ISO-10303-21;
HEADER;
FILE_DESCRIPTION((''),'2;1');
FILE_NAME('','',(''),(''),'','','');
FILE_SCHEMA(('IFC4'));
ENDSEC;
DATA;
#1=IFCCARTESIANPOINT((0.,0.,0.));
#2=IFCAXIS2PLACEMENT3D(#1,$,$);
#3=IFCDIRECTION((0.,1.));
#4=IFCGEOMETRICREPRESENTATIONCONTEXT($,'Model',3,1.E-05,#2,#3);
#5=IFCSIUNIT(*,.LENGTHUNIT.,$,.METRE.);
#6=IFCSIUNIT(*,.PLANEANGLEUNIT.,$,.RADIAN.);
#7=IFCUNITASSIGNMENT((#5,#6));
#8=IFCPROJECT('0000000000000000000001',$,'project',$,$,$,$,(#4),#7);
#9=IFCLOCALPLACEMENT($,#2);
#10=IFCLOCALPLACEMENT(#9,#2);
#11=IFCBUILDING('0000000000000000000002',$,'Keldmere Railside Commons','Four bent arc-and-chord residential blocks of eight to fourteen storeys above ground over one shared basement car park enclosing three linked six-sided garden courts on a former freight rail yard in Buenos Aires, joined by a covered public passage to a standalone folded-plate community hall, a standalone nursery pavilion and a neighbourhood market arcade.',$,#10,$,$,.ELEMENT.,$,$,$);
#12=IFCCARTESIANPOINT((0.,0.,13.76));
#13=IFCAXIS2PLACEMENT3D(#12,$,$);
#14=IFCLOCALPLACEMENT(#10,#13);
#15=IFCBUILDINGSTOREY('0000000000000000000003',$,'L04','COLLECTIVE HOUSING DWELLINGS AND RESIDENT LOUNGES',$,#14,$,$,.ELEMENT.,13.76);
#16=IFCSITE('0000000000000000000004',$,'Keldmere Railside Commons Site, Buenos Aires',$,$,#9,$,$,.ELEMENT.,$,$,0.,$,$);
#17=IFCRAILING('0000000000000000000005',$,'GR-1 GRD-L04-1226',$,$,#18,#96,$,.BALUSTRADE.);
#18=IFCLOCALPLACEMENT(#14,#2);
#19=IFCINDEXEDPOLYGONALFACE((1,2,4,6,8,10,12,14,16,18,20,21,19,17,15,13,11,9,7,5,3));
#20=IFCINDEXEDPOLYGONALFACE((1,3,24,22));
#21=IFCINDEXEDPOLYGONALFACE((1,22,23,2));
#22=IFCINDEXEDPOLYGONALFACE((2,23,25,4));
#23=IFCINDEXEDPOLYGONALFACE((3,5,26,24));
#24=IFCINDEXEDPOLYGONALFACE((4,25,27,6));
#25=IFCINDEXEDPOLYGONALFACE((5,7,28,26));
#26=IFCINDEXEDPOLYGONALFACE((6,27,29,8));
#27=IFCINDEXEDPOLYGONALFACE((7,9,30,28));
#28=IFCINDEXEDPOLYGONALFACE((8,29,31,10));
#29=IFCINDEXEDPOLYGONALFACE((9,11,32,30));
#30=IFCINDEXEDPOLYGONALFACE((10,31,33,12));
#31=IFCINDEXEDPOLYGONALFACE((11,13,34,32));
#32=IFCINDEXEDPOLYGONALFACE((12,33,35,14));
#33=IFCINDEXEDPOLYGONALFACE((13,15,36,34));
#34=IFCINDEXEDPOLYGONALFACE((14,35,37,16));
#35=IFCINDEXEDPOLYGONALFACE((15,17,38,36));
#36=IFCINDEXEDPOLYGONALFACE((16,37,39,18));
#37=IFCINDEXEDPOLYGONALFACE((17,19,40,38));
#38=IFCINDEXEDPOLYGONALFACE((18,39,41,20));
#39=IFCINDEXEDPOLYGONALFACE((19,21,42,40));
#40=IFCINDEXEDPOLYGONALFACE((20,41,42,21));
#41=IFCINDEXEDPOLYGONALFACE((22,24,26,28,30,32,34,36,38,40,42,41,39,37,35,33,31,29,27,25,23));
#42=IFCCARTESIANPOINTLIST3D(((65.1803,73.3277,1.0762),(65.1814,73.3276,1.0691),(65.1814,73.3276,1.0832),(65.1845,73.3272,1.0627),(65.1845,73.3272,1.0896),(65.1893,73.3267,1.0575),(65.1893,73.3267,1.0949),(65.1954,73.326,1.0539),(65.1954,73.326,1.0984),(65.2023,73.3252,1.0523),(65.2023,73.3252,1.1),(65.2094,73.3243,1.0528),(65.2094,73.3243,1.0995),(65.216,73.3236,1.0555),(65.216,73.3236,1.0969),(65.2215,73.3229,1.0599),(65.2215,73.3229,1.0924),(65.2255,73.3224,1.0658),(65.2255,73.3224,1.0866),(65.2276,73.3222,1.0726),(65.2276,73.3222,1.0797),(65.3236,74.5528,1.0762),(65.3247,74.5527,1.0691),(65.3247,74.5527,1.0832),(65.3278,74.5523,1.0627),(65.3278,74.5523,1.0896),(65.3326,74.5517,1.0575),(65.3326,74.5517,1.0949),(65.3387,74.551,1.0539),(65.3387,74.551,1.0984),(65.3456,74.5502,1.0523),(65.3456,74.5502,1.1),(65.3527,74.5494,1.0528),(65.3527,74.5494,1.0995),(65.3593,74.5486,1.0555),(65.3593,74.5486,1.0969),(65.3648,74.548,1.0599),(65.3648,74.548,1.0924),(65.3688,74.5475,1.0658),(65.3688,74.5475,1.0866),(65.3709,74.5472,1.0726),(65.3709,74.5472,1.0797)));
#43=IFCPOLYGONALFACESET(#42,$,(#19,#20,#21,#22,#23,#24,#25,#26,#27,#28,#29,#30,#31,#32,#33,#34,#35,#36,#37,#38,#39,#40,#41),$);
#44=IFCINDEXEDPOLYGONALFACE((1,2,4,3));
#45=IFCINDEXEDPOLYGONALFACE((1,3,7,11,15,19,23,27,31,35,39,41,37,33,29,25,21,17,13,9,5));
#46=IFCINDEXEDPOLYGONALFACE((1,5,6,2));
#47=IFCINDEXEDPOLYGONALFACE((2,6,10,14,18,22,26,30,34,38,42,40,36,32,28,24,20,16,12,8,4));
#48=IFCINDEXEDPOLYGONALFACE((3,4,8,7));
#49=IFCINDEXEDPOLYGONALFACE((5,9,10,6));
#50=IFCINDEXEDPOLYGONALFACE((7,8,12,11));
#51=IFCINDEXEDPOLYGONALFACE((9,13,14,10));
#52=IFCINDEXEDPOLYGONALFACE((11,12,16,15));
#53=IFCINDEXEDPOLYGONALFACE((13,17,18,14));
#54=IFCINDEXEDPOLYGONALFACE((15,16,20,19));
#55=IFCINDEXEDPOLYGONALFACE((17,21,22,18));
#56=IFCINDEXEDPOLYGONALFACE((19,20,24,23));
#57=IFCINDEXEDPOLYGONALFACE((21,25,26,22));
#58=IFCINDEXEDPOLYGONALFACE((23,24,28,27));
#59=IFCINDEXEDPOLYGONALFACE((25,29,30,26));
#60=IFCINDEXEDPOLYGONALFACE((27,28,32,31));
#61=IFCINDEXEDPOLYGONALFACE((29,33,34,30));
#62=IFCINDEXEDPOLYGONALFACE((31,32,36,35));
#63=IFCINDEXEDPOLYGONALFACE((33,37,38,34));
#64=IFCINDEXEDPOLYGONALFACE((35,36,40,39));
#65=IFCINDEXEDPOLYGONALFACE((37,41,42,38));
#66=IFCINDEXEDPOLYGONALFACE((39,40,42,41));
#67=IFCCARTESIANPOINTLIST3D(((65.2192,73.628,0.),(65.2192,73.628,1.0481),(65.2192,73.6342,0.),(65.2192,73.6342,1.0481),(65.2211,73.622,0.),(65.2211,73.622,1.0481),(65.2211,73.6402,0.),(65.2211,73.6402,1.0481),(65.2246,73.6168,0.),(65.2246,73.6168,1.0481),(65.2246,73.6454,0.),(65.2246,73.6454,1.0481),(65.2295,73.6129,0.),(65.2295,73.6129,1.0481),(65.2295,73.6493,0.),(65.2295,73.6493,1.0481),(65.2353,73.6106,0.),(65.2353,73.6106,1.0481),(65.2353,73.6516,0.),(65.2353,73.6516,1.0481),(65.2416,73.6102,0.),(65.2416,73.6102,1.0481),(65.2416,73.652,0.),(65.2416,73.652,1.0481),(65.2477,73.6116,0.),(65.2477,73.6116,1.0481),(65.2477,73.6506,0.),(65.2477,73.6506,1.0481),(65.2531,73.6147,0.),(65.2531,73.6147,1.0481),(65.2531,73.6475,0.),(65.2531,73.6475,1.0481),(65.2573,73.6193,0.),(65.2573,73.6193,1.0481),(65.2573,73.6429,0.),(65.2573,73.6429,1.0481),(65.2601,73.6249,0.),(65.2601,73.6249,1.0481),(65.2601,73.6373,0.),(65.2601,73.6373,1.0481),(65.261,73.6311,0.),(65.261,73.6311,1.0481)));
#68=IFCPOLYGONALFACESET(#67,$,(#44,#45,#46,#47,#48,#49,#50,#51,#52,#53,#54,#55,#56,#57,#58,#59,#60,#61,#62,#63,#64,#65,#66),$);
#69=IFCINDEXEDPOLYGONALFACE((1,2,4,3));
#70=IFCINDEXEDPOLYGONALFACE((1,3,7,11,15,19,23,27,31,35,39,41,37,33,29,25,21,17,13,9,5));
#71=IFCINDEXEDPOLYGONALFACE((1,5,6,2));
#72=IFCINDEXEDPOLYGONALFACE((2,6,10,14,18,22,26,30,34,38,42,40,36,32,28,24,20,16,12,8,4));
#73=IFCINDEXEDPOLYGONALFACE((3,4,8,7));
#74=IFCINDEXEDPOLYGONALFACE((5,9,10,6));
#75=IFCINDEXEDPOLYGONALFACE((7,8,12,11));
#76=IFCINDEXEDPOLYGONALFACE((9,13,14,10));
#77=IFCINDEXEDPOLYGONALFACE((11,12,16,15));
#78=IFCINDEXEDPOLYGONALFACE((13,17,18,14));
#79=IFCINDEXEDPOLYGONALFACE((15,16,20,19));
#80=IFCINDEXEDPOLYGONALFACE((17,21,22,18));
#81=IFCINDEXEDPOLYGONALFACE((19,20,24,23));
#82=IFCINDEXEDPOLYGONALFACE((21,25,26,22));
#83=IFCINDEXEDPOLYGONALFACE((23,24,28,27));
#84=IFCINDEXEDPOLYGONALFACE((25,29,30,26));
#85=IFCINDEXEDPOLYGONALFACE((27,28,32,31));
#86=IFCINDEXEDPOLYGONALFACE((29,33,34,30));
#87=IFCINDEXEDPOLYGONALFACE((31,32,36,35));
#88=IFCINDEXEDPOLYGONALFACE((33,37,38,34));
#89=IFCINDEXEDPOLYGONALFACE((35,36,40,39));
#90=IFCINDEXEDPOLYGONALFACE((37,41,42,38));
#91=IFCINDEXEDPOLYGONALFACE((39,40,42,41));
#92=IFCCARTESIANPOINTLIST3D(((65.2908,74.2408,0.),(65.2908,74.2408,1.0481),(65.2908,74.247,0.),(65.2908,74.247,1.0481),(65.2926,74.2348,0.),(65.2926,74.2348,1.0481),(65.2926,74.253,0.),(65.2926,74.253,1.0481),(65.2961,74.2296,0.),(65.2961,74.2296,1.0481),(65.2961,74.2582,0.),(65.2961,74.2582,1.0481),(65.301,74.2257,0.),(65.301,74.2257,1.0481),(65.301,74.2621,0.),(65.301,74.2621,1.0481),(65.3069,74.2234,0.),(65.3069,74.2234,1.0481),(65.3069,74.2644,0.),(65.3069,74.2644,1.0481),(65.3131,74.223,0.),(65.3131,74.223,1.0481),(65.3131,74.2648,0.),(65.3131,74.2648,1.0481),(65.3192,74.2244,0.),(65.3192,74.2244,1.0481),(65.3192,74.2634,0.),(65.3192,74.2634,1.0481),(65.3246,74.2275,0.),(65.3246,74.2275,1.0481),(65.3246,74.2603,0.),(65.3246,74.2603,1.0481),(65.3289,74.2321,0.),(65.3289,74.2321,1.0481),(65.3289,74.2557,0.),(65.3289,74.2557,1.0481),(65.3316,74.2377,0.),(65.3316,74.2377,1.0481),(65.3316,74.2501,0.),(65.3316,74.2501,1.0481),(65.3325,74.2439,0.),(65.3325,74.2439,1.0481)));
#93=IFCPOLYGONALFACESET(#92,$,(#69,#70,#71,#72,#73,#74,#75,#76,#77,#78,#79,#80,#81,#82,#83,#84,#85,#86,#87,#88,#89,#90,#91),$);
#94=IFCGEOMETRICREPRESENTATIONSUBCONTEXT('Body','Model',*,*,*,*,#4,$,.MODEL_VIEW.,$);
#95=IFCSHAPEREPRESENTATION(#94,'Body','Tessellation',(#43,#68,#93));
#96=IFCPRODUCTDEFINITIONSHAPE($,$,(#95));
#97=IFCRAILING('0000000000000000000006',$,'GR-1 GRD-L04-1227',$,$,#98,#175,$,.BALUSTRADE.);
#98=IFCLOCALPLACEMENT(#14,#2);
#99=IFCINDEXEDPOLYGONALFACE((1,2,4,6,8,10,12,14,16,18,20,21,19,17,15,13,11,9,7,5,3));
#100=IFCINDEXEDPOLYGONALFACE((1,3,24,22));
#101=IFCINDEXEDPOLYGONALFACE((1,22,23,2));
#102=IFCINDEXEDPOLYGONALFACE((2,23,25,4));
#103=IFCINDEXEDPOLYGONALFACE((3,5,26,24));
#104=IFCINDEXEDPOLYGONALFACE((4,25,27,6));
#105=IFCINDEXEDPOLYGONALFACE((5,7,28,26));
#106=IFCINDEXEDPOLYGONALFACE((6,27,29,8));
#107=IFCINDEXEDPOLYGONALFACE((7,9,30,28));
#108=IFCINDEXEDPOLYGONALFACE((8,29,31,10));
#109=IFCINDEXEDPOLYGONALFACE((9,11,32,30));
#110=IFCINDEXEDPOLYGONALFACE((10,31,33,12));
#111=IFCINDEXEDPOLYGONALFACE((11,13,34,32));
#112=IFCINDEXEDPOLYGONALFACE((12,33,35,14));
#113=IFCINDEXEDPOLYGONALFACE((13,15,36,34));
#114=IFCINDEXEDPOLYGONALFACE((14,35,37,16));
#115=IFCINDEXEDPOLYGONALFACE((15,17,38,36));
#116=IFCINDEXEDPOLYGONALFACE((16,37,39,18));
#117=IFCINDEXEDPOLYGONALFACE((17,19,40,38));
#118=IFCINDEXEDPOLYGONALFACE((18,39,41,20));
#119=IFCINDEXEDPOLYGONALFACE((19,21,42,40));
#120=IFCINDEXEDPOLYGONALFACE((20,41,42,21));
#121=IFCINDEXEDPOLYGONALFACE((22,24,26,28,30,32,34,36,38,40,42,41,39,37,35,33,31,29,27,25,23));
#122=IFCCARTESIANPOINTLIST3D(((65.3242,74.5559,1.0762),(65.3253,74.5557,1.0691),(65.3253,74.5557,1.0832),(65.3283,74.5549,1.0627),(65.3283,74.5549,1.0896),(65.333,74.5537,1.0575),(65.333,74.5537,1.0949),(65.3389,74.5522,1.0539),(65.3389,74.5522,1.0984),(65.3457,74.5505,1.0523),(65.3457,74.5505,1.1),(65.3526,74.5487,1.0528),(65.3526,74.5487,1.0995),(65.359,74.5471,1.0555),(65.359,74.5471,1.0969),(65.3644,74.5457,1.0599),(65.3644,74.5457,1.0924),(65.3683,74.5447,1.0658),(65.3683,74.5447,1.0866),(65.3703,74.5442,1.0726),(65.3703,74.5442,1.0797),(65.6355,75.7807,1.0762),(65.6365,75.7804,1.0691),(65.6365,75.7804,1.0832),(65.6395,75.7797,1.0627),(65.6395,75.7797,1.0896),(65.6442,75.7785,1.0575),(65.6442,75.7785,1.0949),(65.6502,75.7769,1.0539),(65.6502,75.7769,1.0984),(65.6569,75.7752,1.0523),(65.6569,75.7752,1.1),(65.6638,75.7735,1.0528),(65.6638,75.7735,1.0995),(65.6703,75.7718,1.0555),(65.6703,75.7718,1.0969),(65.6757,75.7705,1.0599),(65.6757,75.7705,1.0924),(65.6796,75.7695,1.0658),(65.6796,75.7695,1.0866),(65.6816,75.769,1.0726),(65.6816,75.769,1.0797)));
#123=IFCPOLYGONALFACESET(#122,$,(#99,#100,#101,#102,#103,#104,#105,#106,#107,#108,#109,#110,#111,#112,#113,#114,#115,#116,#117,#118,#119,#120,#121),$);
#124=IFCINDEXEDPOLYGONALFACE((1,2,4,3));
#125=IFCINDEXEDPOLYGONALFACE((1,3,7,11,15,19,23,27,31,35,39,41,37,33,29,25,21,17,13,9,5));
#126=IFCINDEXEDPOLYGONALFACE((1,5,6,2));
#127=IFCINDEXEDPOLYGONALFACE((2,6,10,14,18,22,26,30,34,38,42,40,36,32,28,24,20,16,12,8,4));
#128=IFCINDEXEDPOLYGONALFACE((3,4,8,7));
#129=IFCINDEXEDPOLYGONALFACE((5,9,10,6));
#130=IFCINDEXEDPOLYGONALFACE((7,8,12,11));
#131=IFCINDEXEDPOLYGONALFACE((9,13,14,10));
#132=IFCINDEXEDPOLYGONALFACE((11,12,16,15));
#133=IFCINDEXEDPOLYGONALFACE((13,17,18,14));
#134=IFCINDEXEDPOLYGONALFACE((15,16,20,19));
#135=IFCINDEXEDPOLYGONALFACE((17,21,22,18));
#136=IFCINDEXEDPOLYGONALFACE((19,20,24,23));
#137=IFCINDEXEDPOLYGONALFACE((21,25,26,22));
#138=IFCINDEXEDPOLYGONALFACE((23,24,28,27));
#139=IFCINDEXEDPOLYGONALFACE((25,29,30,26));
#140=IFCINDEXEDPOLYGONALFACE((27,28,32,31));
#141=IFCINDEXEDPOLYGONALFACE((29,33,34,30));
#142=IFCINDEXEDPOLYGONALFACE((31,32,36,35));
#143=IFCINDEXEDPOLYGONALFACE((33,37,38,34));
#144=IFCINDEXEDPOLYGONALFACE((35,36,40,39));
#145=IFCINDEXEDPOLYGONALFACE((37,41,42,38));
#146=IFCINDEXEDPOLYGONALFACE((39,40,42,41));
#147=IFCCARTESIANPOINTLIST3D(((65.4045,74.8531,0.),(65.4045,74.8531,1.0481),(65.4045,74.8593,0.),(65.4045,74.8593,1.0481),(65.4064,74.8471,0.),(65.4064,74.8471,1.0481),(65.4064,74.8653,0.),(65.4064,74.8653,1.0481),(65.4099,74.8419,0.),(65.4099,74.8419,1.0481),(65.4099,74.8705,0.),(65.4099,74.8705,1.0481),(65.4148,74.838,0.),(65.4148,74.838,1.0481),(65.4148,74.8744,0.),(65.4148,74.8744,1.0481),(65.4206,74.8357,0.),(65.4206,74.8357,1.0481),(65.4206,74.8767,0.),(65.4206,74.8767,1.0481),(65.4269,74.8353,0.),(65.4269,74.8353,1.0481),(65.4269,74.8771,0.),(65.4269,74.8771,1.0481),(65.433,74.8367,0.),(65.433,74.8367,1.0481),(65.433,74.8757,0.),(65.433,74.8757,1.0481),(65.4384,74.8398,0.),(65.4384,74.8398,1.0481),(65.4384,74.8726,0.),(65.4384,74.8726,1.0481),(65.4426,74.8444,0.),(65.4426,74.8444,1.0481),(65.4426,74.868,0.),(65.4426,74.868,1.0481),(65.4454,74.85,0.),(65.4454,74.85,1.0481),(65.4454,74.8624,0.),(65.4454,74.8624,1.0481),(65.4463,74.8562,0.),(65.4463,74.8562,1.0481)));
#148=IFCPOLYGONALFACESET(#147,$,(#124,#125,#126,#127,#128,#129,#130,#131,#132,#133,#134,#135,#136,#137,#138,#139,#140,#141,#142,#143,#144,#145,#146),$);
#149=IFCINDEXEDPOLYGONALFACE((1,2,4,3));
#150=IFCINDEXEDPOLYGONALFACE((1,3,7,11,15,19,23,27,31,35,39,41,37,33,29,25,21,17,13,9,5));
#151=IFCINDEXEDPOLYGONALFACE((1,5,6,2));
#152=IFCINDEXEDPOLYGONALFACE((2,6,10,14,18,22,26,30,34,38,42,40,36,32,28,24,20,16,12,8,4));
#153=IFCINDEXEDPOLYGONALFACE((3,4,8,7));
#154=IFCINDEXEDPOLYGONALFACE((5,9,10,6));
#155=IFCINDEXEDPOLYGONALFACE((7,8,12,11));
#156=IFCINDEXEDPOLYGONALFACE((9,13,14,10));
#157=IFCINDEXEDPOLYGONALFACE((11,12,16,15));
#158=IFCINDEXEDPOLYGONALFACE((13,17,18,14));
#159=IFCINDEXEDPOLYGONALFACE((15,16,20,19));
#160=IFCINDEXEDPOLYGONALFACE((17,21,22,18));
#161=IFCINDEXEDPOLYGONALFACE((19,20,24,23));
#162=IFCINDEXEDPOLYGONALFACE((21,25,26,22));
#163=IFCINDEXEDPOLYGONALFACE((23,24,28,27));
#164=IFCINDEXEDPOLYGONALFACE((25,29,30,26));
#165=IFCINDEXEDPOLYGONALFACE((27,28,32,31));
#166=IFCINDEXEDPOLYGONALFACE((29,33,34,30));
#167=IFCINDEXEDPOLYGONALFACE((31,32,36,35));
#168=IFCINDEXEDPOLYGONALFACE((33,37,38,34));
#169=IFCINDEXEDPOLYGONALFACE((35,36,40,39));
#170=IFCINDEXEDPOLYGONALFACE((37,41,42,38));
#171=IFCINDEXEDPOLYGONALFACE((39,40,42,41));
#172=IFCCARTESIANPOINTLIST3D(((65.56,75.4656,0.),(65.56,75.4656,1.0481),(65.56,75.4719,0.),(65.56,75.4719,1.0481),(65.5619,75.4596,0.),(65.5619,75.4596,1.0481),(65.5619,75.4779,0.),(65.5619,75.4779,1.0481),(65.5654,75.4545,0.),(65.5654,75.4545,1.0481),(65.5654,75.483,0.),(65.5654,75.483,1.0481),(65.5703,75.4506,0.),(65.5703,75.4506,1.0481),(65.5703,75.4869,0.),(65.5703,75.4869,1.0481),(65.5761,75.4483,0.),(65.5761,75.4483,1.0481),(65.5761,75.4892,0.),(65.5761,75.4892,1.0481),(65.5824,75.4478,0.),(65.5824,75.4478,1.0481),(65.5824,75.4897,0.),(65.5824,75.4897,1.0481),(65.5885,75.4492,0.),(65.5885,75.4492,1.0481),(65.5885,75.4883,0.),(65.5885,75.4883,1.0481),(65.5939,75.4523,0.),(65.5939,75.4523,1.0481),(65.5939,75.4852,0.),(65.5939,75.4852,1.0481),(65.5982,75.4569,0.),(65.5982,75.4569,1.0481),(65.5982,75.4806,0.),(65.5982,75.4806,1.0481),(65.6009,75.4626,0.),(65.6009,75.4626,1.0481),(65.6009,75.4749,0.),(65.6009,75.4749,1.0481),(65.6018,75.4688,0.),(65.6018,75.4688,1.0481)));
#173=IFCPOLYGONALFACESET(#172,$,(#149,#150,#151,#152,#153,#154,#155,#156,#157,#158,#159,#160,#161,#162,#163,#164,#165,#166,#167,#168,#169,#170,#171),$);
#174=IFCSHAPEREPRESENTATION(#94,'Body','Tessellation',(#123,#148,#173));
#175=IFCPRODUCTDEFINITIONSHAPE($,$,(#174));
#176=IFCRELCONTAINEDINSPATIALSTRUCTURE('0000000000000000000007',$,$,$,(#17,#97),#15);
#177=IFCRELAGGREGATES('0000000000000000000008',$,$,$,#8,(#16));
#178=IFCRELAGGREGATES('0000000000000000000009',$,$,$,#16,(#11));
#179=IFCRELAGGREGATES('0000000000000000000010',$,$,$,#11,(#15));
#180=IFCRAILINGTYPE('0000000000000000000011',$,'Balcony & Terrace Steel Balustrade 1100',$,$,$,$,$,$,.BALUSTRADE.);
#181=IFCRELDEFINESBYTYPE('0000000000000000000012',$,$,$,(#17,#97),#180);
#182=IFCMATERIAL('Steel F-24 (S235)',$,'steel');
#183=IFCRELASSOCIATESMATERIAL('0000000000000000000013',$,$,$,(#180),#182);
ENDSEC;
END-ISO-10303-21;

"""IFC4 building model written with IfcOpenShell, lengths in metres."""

from ifc_helpers import new_model, si_unit, direction, frame, origin, origin_2d, place, context, subcontext, project, spatial, circle, extrude, material, type_object, element, save


model = new_model("IFC4")

# Units and contexts
model_context = context("Model", 3, precision=1e-05, world=origin(), true_north=direction((0.0, 1.0)))
body_context = subcontext(model_context, "Body", "Model", "MODEL_VIEW")
ifc_project = project(units=[si_unit("LENGTHUNIT", "METRE"), si_unit("PLANEANGLEUNIT", "RADIAN")], contexts=[model_context])

# Site, building, storey
site_placement = place(None, origin())
site = spatial("IfcSite", under=ifc_project, at=site_placement, Name="Keldmere Railside Commons Site, Buenos Aires", CompositionType="ELEMENT", RefElevation=0.0)
building_placement = place(site_placement, origin())
building = spatial("IfcBuilding", under=site, at=building_placement, Name="Keldmere Railside Commons", Description="Four bent arc-and-chord residential blocks of eight to fourteen storeys above ground over one shared basement car park enclosing three linked six-sided garden courts on a former freight rail yard in Buenos Aires, joined by a covered public passage to a standalone folded-plate community hall, a standalone nursery pavilion and a neighbourhood market arcade.", CompositionType="ELEMENT")
storey_placement = place(building_placement, frame((0.0, 0.0, 13.76)))
storey = spatial("IfcBuildingStorey", under=building, at=storey_placement, Name="L04", Description="COLLECTIVE HOUSING DWELLINGS AND RESIDENT LOUNGES", CompositionType="ELEMENT", Elevation=13.76)

# Railings
ifc_material_1 = material(Name="Steel F-24 (S235)", Category="steel")
railing_type = type_object("IfcRailingType", Name="Balcony & Terrace Steel Balustrade 1100", PredefinedType="BALUSTRADE", material=ifc_material_1)
railing_1_placement = place(storey_placement, frame((65.2041, 73.325, 0.0)))
element("IfcRailing", 1, at=railing_1_placement, inside=storey, type_object=railing_type, Name="GR-1 GRD-L04-1226", PredefinedType="BALUSTRADE", context=body_context, shape_type="SweptSolid", body=[
    extrude(circle(Radius=0.0239, at=origin_2d()), frame((0.0, 0.0, 1.0762), z_axis=(0.116187, 0.993227, 0.0), x_axis=(-0.993227, 0.116187, 0.0)), (0.0, 0.0, 1.0), 1.2334),
    extrude(circle(Radius=0.021, at=origin_2d()), frame((0.0359, 0.3062, 0.0)), (0.0, 0.0, 1.0), 1.0481),
    extrude(circle(Radius=0.021, at=origin_2d()), frame((0.1074, 0.9189, 0.0)), (0.0, 0.0, 1.0), 1.0481),
])
railing_2_placement = place(storey_placement, frame((65.3474, 74.55, 0.0)))
element("IfcRailing", 2, at=railing_2_placement, inside=storey, type_object=railing_type, Name="GR-1 GRD-L04-1227", PredefinedType="BALUSTRADE", context=body_context, shape_type="SweptSolid", body=[
    extrude(circle(Radius=0.0239, at=origin_2d()), frame((0.0, 0.0, 1.0762), z_axis=(0.246307, 0.969192, 0.0), x_axis=(-0.969192, 0.246307, 0.0)), (0.0, 0.0, 1.0), 1.2637),
    extrude(circle(Radius=0.021, at=origin_2d()), frame((0.0779, 0.3062, 0.0)), (0.0, 0.0, 1.0), 1.0481),
    extrude(circle(Radius=0.021, at=origin_2d()), frame((0.2334, 0.9187, 0.0)), (0.0, 0.0, 1.0), 1.0481),
])

save(model, "model.ifc")
